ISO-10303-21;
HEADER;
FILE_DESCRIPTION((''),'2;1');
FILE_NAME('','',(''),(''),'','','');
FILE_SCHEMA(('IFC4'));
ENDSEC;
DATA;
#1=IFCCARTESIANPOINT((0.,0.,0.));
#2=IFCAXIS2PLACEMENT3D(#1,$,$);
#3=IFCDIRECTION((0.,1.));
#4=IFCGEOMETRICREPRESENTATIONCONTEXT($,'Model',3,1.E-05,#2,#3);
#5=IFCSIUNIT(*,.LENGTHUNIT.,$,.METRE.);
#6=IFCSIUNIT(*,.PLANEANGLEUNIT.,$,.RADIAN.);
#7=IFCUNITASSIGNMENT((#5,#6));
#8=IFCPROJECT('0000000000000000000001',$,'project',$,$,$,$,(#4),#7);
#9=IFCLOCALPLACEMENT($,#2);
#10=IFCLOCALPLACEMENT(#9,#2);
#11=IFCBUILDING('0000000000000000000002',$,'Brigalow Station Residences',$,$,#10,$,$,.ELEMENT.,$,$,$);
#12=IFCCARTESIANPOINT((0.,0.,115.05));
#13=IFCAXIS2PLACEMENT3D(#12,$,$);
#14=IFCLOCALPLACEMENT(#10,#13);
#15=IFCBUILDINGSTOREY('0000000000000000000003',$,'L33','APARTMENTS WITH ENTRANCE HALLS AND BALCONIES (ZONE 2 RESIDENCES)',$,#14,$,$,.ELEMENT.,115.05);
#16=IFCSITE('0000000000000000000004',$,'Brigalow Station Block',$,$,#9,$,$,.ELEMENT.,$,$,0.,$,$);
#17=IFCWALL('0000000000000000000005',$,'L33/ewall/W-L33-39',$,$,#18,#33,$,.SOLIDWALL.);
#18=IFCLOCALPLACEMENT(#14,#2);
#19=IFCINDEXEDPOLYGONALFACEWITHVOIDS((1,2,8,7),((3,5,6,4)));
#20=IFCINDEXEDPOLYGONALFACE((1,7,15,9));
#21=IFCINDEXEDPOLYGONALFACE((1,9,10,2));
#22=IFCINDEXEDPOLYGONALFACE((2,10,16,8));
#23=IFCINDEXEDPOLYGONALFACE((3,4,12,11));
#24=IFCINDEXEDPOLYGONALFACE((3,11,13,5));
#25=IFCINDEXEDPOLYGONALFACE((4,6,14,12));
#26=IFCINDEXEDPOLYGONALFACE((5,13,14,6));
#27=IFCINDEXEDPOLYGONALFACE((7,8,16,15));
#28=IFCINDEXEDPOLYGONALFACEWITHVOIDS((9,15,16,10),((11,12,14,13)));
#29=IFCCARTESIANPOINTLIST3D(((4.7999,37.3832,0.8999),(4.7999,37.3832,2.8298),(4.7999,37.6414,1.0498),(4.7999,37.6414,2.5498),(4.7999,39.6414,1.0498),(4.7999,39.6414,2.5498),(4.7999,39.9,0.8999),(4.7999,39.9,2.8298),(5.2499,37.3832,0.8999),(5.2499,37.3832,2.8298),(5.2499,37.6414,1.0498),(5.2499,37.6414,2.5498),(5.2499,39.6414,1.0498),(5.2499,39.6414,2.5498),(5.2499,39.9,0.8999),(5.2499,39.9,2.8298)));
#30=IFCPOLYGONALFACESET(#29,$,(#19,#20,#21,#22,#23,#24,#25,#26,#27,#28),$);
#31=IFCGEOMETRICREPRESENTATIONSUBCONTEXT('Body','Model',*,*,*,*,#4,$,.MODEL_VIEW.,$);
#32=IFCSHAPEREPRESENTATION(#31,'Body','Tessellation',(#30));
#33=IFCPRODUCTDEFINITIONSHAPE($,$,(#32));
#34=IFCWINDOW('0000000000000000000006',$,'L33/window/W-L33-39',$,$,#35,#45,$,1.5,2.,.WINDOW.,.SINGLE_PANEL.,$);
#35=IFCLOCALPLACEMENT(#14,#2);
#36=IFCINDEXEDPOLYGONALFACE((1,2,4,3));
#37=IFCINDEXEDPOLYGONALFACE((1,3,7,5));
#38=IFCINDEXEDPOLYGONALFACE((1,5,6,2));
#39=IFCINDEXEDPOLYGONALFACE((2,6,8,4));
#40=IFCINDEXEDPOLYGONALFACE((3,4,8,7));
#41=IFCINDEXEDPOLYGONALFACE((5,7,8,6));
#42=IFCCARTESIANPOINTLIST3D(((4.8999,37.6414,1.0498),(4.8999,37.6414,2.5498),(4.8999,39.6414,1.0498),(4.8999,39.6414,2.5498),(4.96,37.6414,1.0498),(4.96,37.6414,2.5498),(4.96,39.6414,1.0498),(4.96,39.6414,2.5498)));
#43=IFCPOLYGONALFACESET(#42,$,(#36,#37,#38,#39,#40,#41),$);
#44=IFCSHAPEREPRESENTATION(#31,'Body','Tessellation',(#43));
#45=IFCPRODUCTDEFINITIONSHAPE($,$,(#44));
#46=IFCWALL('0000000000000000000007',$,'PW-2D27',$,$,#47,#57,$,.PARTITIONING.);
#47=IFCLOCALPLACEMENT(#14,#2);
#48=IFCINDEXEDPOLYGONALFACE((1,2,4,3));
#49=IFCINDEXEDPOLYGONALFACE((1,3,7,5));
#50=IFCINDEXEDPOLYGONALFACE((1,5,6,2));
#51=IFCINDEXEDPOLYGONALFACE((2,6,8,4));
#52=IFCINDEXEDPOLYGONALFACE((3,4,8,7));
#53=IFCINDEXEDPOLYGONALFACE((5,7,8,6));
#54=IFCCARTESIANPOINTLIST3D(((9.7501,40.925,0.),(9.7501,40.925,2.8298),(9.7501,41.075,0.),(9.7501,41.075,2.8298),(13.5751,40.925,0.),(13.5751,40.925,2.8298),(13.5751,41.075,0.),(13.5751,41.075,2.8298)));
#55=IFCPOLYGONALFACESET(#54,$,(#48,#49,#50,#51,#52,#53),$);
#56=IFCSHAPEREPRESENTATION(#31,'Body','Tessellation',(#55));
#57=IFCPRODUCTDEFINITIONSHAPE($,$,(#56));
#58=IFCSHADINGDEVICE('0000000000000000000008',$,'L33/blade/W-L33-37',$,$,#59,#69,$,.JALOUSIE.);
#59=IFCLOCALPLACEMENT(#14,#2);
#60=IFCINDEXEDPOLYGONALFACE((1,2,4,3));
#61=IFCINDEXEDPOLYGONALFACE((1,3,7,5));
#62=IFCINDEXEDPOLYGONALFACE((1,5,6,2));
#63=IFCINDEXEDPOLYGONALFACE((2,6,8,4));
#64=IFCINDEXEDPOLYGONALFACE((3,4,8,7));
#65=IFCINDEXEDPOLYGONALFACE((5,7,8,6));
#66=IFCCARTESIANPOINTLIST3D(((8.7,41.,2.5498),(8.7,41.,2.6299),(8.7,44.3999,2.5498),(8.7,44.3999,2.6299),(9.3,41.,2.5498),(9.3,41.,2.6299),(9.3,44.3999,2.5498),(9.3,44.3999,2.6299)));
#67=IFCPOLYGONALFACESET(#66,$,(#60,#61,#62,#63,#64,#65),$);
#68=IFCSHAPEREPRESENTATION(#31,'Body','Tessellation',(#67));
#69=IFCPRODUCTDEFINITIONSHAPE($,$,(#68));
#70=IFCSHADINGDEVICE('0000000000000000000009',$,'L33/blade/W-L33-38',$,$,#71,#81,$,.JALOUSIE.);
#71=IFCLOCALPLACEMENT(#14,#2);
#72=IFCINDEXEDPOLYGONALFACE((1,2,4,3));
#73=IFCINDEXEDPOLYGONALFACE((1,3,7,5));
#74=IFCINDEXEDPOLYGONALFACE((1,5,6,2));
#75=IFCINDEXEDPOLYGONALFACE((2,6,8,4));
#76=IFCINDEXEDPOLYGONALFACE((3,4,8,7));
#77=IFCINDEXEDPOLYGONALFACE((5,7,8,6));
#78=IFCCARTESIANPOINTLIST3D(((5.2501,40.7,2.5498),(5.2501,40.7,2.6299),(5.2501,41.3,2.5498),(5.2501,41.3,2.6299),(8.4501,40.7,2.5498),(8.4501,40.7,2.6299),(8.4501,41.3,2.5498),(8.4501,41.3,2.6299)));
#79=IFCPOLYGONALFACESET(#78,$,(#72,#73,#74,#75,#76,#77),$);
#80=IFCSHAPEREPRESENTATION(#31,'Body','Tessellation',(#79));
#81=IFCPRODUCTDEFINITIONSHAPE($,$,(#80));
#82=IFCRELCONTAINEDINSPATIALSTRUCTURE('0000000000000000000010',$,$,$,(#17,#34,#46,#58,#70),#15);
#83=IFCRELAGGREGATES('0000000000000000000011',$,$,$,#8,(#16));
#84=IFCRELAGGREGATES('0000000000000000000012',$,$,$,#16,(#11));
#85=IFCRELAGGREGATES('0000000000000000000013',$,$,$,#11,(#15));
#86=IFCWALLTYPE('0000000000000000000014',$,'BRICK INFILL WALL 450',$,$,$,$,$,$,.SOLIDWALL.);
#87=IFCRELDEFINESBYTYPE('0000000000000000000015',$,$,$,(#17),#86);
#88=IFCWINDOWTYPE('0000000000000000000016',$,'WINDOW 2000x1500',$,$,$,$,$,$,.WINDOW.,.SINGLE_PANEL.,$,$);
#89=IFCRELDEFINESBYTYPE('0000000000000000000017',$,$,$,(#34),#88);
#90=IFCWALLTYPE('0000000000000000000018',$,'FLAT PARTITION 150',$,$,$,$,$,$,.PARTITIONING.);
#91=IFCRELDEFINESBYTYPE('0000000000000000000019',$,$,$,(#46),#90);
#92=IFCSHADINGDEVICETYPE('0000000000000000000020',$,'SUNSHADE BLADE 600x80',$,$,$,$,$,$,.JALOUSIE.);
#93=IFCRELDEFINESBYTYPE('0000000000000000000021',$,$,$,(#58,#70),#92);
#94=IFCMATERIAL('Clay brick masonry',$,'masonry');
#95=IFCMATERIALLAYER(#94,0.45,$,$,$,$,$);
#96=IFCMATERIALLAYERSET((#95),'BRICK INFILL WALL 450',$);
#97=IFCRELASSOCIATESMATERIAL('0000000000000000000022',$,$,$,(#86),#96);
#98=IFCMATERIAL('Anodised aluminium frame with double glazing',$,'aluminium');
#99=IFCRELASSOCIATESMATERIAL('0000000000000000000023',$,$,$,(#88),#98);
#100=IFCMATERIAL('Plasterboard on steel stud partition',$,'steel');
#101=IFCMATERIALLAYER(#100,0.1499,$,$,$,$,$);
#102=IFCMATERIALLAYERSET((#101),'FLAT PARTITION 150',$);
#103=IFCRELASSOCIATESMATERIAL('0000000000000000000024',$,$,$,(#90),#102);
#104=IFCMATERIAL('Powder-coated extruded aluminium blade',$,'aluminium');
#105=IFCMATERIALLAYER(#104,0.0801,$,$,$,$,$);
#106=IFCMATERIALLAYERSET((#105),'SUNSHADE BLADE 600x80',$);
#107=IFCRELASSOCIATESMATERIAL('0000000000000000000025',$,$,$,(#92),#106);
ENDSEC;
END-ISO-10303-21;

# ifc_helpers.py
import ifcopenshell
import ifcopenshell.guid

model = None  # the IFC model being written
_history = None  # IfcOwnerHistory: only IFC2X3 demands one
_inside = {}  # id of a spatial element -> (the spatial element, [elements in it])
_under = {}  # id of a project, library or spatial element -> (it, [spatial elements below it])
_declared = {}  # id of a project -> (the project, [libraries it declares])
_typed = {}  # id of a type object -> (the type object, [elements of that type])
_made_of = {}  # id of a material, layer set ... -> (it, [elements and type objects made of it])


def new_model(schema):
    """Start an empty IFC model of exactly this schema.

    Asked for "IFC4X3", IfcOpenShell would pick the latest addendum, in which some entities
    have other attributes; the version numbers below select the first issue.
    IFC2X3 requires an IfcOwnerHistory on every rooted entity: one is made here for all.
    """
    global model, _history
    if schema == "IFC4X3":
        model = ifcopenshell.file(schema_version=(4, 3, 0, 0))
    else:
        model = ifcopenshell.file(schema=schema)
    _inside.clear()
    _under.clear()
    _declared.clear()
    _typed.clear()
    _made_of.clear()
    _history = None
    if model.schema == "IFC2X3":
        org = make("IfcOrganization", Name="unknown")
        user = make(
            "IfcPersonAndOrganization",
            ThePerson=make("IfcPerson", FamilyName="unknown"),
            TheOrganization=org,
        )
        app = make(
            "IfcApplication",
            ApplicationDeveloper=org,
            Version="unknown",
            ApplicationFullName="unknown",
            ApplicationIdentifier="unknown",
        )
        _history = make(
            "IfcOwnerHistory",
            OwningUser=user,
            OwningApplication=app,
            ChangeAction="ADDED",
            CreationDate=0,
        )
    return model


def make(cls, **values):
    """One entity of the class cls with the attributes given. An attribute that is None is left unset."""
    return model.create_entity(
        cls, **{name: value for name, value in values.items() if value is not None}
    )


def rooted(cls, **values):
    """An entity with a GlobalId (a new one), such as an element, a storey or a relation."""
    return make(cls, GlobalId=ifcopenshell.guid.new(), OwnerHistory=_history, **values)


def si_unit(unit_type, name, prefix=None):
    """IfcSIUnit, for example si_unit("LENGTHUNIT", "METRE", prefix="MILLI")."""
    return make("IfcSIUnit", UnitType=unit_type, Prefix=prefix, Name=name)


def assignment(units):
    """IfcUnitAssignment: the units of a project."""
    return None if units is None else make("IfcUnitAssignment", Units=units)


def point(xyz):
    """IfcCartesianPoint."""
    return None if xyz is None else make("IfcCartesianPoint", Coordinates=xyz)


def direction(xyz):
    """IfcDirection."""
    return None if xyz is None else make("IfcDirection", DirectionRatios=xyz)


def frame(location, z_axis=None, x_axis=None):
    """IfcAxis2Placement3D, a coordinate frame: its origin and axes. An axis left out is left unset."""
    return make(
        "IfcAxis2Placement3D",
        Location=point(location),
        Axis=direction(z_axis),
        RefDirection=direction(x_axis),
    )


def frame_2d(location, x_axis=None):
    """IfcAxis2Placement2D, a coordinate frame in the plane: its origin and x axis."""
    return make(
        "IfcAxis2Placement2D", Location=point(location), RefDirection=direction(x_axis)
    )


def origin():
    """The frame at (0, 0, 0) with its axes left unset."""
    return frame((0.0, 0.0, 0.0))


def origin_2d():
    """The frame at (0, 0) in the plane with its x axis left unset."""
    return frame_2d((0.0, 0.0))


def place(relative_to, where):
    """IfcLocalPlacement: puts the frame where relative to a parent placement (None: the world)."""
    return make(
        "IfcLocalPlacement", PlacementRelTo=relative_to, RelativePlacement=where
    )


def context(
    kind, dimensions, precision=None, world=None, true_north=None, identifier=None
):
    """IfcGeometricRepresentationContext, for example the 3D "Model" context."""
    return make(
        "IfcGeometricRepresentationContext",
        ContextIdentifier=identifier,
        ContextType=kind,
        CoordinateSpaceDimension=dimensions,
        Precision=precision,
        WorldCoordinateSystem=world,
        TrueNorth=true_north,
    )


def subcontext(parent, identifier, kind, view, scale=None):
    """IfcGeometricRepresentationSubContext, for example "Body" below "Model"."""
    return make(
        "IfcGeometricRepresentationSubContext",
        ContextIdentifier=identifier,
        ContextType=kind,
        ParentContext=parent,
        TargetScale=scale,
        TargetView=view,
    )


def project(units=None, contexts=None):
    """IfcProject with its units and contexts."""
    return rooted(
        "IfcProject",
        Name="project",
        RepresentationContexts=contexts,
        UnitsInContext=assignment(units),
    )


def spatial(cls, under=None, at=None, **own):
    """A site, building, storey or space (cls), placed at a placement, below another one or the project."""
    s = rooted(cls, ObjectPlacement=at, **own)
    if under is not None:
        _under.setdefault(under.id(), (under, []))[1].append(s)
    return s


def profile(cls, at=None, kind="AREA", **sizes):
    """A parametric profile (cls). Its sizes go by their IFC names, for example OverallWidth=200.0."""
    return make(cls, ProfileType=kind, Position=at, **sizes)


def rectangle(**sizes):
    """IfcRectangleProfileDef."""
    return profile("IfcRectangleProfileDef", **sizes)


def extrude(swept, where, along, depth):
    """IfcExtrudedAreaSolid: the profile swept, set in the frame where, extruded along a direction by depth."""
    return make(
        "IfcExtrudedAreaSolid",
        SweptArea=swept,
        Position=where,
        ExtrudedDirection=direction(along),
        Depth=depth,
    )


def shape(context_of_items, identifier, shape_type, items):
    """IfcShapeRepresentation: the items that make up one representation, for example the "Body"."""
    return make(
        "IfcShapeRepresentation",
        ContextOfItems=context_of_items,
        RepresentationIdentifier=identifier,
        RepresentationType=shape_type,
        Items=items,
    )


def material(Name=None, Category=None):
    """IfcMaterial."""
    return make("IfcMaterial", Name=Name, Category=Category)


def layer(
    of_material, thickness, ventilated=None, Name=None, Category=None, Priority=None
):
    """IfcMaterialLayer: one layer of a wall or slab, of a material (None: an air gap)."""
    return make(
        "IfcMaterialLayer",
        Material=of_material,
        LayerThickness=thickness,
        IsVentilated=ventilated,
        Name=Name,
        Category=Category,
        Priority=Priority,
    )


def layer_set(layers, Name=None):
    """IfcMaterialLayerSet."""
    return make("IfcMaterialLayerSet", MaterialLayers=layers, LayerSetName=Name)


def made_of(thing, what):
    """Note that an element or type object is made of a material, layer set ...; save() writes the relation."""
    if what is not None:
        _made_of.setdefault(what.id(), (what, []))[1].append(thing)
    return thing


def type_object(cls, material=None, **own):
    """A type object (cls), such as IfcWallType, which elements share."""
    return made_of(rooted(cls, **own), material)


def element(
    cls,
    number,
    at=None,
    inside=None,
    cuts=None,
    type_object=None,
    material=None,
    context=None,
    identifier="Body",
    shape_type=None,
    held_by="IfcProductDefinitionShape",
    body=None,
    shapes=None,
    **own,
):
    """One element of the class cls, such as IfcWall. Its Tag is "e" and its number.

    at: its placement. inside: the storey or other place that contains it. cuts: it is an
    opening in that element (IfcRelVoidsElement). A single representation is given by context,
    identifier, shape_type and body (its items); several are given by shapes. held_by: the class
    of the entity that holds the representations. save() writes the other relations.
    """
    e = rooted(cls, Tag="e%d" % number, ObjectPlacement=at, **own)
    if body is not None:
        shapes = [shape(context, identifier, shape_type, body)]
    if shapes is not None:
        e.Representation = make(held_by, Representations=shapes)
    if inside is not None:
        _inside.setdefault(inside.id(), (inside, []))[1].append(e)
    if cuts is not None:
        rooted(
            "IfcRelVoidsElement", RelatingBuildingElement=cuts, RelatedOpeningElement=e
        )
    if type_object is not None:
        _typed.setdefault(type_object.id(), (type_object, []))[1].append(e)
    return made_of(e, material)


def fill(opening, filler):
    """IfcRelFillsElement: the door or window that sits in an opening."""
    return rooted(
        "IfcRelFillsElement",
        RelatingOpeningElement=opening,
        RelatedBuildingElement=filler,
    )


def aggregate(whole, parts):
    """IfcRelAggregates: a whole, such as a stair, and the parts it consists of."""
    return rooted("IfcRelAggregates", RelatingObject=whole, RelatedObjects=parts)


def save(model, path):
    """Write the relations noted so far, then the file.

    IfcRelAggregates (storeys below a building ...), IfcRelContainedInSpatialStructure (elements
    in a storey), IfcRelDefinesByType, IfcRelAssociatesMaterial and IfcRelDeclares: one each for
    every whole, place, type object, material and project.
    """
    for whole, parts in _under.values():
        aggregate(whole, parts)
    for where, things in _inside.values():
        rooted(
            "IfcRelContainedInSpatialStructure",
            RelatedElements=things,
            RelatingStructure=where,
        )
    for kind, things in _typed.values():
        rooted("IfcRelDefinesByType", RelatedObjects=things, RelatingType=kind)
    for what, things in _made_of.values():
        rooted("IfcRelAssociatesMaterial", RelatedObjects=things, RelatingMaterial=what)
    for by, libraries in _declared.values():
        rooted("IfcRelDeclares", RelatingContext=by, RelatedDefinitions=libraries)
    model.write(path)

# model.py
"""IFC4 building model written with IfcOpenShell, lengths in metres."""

from ifc_helpers import new_model, si_unit, direction, frame, frame_2d, origin, origin_2d, place, context, subcontext, project, spatial, rectangle, extrude, material, layer, layer_set, type_object, element, fill, save


model = new_model("IFC4")

# Units and contexts
model_context = context("Model", 3, precision=1e-05, world=origin(), true_north=direction((0.0, 1.0)))
body_context = subcontext(model_context, "Body", "Model", "MODEL_VIEW")
ifc_project = project(units=[si_unit("LENGTHUNIT", "METRE"), si_unit("PLANEANGLEUNIT", "RADIAN")], contexts=[model_context])

# Site, building, storey
site_placement = place(None, origin())
site = spatial("IfcSite", under=ifc_project, at=site_placement, Name="Brigalow Station Block", CompositionType="ELEMENT", RefElevation=0.0)
building_placement = place(site_placement, origin())
building = spatial("IfcBuilding", under=site, at=building_placement, Name="Brigalow Station Residences", CompositionType="ELEMENT")
storey_placement = place(building_placement, frame((0.0, 0.0, 115.05)))
storey = spatial("IfcBuildingStorey", under=building, at=storey_placement, Name="L33", Description="APARTMENTS WITH ENTRANCE HALLS AND BALCONIES (ZONE 2 RESIDENCES)", CompositionType="ELEMENT", Elevation=115.05)

# Shared definitions
ifc_material_1 = material(Name="Clay brick masonry", Category="masonry")
ifc_layer_1 = layer(ifc_material_1, 0.45)
ifc_layer_set_1 = layer_set([ifc_layer_1], Name="BRICK INFILL WALL 450")
wall_type_1 = type_object("IfcWallType", Name="BRICK INFILL WALL 450", PredefinedType="SOLIDWALL", material=ifc_layer_set_1)

# Wall, opening, window
wall_1_placement = place(storey_placement, frame((5.0249, 39.8999, 0.8999), z_axis=(0.0, 0.0, 1.0), x_axis=(0.0, -1.0, 0.0)))
wall_1 = element("IfcWall", 1, at=wall_1_placement, inside=storey, type_object=wall_type_1, Name="L33/ewall/W-L33-39", PredefinedType="SOLIDWALL", context=body_context, shape_type="SweptSolid", body=[
    extrude(rectangle(XDim=2.5168, YDim=0.45, at=frame_2d((1.2583, 0.0))), origin(), (0.0, 0.0, 1.0), 1.9299),
])
opening_1_placement = place(wall_1_placement, frame((0.2585, 0.0, 0.1499)))
opening_1 = element("IfcOpeningElement", 2, at=opening_1_placement, cuts=wall_1, PredefinedType="OPENING", context=body_context, shape_type="SweptSolid", body=[
    extrude(rectangle(XDim=2.0, YDim=1.5, at=frame_2d((1.0, 0.75))), frame((0.0, 0.2349, 0.0), z_axis=(0.0, -1.0, 0.0), x_axis=(1.0, 0.0, 0.0)), (0.0, 0.0, 1.0), 0.47),
])
ifc_material_2 = material(Name="Anodised aluminium frame with double glazing", Category="aluminium")
window_type_1 = type_object("IfcWindowType", Name="WINDOW 2000x1500", PartitioningType="SINGLE_PANEL", PredefinedType="WINDOW", material=ifc_material_2)
window_1_placement = place(opening_1_placement, origin())
window_1 = element("IfcWindow", 3, at=window_1_placement, inside=storey, type_object=window_type_1, Name="L33/window/W-L33-39", OverallHeight=1.5, OverallWidth=2.0, PartitioningType="SINGLE_PANEL", PredefinedType="WINDOW", context=body_context, shape_type="SweptSolid", body=[
    extrude(rectangle(XDim=2.0, YDim=1.5, at=frame_2d((1.0, 0.75))), frame((0.0, -0.0649, 0.0), z_axis=(0.0, -1.0, 0.0), x_axis=(1.0, 0.0, 0.0)), (0.0, 0.0, 1.0), 0.0601),
])
fill(opening_1, window_1)

# Wall
ifc_material_3 = material(Name="Plasterboard on steel stud partition", Category="steel")
ifc_layer_2 = layer(ifc_material_3, 0.1499)
ifc_layer_set_2 = layer_set([ifc_layer_2], Name="FLAT PARTITION 150")
wall_type_2 = type_object("IfcWallType", Name="FLAT PARTITION 150", PredefinedType="PARTITIONING", material=ifc_layer_set_2)
wall_2_placement = place(storey_placement, frame((9.75, 41.0, 0.0), z_axis=(0.0, 0.0, 1.0), x_axis=(1.0, 0.0, 0.0)))
element("IfcWall", 4, at=wall_2_placement, inside=storey, type_object=wall_type_2, Name="PW-2D27", PredefinedType="PARTITIONING", context=body_context, shape_type="SweptSolid", body=[
    extrude(rectangle(XDim=3.825, YDim=0.1499, at=frame_2d((1.9126, 0.0))), origin(), (0.0, 0.0, 1.0), 2.8298),
])

# Shading devices
ifc_material_4 = material(Name="Powder-coated extruded aluminium blade", Category="aluminium")
ifc_layer_3 = layer(ifc_material_4, 0.0801)
ifc_layer_set_3 = layer_set([ifc_layer_3], Name="SUNSHADE BLADE 600x80")
shading_device_type = type_object("IfcShadingDeviceType", Name="SUNSHADE BLADE 600x80", PredefinedType="JALOUSIE", material=ifc_layer_set_3)
shading_device_1_placement = place(storey_placement, frame((9.0, 42.7, 2.5498), z_axis=(0.0, 0.0, 1.0), x_axis=(0.0, -1.0, 0.0)))
element("IfcShadingDevice", 5, at=shading_device_1_placement, inside=storey, type_object=shading_device_type, Name="L33/blade/W-L33-37", PredefinedType="JALOUSIE", context=body_context, shape_type="SweptSolid", body=[
    extrude(rectangle(XDim=3.3999, YDim=0.6001, at=origin_2d()), origin(), (0.0, 0.0, 1.0), 0.0801),
])
shading_device_2_placement = place(storey_placement, frame((6.8501, 41.0, 2.5498), z_axis=(0.0, 0.0, 1.0), x_axis=(-1.0, 0.0, 0.0)))
element("IfcShadingDevice", 6, at=shading_device_2_placement, inside=storey, type_object=shading_device_type, Name="L33/blade/W-L33-38", PredefinedType="JALOUSIE", context=body_context, shape_type="SweptSolid", body=[
    extrude(rectangle(XDim=3.2, YDim=0.6001, at=origin_2d()), origin(), (0.0, 0.0, 1.0), 0.0801),
])

save(model, "model.ifc")
